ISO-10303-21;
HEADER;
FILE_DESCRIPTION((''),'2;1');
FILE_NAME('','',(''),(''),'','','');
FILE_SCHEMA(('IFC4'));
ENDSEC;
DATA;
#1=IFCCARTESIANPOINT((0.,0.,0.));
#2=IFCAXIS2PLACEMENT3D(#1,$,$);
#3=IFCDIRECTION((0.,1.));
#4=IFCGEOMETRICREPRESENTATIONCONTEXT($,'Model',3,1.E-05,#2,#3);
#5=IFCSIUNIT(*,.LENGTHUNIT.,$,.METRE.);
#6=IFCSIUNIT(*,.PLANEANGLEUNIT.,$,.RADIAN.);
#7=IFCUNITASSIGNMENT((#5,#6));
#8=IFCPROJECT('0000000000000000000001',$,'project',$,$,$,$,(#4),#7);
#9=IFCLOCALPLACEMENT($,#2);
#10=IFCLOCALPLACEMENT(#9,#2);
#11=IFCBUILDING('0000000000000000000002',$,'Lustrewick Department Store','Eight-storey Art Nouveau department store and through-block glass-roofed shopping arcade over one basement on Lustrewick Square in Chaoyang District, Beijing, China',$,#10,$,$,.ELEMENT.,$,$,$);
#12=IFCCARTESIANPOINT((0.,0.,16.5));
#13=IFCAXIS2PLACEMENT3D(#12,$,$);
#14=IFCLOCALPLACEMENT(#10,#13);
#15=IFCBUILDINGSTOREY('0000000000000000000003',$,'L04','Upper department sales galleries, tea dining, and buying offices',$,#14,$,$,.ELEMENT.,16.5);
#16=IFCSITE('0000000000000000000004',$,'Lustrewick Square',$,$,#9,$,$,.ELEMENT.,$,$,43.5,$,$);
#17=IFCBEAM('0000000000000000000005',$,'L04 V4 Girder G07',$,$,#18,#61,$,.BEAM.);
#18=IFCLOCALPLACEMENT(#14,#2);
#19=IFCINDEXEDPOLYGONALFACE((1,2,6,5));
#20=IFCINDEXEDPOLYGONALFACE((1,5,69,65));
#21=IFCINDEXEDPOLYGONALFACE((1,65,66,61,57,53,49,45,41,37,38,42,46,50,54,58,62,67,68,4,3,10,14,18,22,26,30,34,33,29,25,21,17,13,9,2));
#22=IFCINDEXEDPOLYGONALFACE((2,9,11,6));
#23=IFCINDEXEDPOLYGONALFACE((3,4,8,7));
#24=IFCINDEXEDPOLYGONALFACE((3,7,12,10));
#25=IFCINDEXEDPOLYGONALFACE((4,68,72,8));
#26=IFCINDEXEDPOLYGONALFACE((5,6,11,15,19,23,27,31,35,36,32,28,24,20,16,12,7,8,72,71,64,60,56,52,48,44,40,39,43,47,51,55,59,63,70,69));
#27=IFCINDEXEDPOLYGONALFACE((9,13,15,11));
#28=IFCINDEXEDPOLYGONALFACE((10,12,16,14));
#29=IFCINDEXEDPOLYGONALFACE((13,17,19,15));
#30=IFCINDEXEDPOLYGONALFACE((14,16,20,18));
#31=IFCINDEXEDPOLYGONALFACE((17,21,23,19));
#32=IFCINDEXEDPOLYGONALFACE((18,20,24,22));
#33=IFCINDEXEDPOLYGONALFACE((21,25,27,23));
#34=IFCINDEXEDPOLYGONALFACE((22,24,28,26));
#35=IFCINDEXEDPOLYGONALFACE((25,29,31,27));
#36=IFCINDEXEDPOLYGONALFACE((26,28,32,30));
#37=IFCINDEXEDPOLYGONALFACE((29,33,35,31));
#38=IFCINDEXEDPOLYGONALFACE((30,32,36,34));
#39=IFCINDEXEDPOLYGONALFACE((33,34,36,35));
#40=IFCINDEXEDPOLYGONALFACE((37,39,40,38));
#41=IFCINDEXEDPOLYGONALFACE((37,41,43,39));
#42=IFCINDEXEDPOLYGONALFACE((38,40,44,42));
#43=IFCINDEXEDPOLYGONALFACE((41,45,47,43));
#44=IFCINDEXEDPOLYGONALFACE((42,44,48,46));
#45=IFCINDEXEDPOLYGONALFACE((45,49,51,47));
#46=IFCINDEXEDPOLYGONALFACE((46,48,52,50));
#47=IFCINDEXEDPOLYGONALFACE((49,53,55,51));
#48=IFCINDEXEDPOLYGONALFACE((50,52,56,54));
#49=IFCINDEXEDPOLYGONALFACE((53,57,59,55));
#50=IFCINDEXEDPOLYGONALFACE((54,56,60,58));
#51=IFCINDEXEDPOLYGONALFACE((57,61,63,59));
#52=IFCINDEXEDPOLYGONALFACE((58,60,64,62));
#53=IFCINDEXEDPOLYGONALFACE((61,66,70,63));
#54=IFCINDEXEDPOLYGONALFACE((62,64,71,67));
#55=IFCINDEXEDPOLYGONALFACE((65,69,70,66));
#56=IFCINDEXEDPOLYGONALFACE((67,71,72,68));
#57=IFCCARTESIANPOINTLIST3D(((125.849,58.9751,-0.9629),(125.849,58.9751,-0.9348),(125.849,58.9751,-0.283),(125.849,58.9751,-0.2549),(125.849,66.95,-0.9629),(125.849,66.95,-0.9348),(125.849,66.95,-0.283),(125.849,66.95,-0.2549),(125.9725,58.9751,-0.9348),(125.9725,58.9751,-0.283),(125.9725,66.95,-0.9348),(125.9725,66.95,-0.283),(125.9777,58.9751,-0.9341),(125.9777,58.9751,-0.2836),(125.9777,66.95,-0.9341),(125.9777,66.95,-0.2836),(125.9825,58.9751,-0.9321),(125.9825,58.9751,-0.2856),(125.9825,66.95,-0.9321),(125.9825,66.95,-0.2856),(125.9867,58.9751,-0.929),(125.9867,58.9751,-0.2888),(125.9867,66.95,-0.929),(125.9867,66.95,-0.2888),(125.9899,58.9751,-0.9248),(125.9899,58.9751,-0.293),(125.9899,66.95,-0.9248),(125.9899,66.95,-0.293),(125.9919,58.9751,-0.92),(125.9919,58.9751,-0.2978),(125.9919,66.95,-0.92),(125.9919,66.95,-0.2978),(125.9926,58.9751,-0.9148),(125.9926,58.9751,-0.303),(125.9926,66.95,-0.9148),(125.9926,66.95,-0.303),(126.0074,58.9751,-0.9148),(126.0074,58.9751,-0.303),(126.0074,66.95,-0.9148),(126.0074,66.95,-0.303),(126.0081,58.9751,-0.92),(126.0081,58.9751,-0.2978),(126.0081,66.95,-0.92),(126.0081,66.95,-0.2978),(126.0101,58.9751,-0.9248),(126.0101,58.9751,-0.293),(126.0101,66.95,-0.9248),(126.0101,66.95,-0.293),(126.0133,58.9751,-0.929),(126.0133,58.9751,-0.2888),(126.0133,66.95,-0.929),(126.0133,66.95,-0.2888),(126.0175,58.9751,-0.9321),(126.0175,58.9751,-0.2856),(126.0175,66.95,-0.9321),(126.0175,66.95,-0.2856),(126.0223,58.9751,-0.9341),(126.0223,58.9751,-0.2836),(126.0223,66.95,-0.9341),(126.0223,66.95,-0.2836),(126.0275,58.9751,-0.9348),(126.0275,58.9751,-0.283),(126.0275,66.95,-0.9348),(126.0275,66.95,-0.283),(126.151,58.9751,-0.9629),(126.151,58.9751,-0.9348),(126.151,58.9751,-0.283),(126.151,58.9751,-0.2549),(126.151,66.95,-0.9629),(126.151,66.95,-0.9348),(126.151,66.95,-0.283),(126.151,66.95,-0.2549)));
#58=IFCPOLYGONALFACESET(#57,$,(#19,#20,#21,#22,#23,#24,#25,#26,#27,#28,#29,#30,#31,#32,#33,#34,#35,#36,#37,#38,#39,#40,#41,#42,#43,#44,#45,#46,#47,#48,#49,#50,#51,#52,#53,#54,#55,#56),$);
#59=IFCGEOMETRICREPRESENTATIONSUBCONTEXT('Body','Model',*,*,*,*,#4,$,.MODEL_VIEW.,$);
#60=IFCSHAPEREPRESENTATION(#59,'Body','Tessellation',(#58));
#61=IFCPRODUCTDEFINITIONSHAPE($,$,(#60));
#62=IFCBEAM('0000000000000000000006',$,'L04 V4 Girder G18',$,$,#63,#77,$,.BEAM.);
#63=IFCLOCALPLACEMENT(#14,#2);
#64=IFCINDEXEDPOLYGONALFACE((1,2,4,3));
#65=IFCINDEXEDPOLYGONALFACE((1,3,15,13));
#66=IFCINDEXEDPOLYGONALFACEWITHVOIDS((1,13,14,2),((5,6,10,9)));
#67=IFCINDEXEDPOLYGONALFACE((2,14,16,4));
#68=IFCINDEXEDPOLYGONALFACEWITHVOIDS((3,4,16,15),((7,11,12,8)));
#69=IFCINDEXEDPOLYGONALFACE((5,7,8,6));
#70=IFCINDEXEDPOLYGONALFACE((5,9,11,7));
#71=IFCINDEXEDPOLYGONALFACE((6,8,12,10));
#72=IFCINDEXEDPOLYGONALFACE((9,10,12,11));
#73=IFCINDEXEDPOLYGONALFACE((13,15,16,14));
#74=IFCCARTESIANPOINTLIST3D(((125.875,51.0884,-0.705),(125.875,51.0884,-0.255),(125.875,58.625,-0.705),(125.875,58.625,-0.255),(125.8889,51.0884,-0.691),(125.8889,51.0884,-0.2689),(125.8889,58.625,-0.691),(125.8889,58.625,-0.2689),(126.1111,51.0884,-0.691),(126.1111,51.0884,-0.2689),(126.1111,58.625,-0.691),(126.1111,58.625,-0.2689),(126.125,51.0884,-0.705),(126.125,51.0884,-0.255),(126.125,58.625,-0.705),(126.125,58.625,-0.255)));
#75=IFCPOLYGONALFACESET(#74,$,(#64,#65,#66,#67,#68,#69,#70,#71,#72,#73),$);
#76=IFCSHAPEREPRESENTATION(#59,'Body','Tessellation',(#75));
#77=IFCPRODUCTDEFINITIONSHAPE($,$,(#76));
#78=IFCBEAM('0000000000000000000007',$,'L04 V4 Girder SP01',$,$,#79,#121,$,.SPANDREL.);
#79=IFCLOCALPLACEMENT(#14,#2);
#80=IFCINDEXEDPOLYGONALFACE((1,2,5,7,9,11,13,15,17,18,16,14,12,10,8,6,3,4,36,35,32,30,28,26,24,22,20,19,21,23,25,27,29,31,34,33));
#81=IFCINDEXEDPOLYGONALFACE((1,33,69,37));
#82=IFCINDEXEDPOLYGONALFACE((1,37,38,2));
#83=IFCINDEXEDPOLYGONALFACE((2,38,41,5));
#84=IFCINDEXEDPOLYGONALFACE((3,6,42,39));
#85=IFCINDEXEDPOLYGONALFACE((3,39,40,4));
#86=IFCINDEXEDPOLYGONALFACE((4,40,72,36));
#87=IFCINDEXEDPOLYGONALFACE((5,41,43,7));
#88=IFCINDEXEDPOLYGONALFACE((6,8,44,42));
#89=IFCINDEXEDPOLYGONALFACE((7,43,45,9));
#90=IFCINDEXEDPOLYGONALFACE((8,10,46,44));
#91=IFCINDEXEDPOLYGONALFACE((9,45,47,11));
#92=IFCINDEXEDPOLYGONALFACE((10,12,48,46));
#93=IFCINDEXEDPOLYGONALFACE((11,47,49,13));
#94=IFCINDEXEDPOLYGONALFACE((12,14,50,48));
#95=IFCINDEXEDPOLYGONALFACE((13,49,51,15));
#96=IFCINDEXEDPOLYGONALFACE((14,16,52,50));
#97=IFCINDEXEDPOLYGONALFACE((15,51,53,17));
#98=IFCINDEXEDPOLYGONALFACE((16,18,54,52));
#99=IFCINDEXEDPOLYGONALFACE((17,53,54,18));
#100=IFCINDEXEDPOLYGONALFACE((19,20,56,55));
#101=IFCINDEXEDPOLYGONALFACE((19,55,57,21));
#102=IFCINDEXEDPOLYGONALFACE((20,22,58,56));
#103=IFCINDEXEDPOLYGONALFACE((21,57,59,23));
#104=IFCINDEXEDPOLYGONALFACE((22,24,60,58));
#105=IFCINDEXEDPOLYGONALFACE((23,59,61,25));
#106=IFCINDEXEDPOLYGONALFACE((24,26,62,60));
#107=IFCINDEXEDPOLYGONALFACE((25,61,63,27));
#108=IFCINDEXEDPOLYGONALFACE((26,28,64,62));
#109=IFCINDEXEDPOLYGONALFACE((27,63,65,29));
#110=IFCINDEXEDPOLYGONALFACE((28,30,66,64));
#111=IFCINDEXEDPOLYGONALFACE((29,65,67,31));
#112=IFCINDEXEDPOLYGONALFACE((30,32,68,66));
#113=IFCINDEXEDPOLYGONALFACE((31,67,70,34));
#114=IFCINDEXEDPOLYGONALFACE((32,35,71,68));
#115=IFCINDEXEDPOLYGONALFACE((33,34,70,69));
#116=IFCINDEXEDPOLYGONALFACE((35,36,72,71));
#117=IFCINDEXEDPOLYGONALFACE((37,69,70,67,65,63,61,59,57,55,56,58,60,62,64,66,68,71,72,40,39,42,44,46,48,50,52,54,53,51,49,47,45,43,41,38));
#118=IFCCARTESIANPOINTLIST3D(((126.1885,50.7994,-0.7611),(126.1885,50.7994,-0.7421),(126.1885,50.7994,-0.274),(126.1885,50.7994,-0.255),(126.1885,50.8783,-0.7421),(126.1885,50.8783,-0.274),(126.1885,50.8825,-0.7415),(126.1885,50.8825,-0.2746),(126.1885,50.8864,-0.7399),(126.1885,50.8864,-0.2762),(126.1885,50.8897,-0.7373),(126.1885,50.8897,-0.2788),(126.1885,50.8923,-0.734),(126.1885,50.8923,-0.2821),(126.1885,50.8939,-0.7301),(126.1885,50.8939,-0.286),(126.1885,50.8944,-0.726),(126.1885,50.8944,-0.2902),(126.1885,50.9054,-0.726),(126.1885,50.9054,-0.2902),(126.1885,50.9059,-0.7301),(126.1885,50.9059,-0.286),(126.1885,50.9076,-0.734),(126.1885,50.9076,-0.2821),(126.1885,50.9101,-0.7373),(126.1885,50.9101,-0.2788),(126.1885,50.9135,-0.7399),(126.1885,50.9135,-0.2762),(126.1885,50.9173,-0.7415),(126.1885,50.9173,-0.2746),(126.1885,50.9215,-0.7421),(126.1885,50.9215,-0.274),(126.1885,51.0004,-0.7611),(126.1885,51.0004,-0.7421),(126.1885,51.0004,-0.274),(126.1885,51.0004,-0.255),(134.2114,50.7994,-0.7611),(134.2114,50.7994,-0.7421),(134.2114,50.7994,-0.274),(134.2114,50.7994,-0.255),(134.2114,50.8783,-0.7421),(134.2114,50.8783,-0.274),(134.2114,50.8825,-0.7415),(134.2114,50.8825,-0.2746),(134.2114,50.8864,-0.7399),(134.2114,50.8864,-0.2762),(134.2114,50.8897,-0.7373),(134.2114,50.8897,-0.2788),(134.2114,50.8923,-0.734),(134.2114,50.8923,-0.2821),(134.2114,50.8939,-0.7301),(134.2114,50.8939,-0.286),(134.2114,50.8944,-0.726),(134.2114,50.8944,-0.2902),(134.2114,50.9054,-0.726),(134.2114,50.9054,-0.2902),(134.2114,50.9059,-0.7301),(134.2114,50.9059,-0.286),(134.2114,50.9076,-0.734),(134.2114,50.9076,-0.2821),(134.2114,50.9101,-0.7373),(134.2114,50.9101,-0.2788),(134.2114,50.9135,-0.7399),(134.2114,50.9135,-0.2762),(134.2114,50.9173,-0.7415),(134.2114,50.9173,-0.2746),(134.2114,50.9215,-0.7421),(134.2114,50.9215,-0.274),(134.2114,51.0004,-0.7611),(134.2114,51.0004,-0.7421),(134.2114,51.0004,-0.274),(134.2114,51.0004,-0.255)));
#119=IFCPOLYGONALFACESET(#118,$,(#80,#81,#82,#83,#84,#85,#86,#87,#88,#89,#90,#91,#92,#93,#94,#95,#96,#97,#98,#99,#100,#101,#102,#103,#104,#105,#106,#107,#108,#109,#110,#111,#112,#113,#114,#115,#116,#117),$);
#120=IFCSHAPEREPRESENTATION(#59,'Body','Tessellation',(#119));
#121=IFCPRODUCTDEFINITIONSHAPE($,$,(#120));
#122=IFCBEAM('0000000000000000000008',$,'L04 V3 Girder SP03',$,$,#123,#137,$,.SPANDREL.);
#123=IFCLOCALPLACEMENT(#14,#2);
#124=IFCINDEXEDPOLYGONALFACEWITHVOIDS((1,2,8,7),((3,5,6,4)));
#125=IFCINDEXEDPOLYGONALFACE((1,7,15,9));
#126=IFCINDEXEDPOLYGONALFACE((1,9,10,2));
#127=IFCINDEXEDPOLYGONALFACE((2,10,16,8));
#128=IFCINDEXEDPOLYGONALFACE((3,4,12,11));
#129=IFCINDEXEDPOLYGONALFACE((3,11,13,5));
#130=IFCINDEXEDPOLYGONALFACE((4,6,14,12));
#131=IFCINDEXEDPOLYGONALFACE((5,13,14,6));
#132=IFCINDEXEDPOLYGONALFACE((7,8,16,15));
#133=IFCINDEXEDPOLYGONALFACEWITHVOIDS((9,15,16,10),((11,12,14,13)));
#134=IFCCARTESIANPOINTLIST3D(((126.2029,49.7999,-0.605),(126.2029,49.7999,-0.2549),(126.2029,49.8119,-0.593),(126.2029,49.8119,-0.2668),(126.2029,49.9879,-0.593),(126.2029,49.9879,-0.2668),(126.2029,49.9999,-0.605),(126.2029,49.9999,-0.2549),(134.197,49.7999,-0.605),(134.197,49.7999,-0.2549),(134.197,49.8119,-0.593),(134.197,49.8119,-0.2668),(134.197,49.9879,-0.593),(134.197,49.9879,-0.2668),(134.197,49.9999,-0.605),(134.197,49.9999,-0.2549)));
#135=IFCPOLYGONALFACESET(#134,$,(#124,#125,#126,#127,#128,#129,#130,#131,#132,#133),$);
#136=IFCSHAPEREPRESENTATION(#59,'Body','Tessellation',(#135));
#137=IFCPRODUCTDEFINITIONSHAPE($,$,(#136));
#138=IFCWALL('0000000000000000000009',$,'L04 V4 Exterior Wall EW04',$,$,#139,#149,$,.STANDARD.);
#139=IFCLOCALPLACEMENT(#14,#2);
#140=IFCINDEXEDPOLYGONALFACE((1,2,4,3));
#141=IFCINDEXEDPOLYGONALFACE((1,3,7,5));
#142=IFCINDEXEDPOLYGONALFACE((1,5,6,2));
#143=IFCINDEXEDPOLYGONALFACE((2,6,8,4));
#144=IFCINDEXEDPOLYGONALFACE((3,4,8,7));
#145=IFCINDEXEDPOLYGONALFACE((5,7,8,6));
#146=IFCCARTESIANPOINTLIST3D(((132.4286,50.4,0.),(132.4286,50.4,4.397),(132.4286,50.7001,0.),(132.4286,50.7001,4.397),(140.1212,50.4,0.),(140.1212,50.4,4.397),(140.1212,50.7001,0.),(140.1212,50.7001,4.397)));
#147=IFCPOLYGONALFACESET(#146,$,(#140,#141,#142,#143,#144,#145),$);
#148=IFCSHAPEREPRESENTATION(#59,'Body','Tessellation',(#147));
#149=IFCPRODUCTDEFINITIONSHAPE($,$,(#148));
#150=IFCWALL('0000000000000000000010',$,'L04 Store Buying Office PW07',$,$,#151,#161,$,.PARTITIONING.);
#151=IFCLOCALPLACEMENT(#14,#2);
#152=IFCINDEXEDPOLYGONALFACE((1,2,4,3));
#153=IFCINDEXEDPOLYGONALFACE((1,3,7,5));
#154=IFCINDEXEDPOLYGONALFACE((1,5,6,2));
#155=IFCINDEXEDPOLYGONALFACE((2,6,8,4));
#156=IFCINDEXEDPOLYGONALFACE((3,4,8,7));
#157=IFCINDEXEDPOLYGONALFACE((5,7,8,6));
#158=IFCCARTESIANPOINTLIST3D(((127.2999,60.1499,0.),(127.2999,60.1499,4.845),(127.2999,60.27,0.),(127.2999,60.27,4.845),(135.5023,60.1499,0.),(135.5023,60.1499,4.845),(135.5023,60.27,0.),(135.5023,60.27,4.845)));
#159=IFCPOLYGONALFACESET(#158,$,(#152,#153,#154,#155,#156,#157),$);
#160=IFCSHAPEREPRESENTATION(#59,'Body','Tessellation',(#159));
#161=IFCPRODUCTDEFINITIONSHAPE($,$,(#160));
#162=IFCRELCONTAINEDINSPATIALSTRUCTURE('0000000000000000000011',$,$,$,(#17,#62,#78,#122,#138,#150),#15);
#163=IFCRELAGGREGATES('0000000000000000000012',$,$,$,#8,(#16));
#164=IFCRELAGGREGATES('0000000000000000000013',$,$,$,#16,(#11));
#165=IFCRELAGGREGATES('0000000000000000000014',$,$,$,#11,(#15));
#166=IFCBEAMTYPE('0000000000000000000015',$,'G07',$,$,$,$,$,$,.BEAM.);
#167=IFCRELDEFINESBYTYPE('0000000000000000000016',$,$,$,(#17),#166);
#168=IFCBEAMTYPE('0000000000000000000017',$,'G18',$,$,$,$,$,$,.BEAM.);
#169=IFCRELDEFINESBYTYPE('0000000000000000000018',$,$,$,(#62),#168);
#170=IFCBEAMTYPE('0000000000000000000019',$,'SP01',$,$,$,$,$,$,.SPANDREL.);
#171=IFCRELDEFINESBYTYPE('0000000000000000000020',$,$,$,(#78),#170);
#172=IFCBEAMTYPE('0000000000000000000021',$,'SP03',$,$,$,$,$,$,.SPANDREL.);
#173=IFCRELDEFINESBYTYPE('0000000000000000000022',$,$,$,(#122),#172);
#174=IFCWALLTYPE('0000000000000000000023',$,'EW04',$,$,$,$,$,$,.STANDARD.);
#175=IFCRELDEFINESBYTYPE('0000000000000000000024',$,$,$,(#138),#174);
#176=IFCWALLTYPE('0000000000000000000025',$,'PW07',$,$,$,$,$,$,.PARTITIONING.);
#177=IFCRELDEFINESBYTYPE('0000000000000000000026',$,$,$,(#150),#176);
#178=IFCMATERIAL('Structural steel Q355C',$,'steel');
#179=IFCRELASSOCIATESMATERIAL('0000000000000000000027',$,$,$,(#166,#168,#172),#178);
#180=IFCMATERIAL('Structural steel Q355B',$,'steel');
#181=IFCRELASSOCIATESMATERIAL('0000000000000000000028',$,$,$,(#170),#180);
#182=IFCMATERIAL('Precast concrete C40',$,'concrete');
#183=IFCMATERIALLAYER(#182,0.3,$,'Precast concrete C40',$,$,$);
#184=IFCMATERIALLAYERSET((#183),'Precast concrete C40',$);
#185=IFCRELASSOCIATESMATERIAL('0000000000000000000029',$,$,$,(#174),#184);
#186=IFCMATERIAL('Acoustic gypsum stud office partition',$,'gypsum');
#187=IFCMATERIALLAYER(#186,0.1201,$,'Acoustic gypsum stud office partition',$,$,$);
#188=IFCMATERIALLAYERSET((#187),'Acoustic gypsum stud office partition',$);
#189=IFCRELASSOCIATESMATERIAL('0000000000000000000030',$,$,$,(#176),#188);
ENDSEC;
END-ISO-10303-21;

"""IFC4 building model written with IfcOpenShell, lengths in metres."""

from ifc_helpers import new_model, si_unit, direction, frame, frame_2d, origin, origin_2d, place, context, subcontext, project, spatial, rectangle, hollow_rectangle, i_section, extrude, material, layer, layer_set, material_profile, profile_set, type_object, element, save


model = new_model("IFC4")

# Units and contexts
model_context = context("Model", 3, precision=1e-05, world=origin(), true_north=direction((0.0, 1.0)))
body_context = subcontext(model_context, "Body", "Model", "MODEL_VIEW")
ifc_project = project(units=[si_unit("LENGTHUNIT", "METRE"), si_unit("PLANEANGLEUNIT", "RADIAN")], contexts=[model_context])

# Site, building, storey
site_placement = place(None, origin())
site = spatial("IfcSite", under=ifc_project, at=site_placement, Name="Lustrewick Square", CompositionType="ELEMENT", RefElevation=43.5)
building_placement = place(site_placement, origin())
building = spatial("IfcBuilding", under=site, at=building_placement, Name="Lustrewick Department Store", Description="Eight-storey Art Nouveau department store and through-block glass-roofed shopping arcade over one basement on Lustrewick Square in Chaoyang District, Beijing, China", CompositionType="ELEMENT")
storey_placement = place(building_placement, frame((0.0, 0.0, 16.5)))
storey = spatial("IfcBuildingStorey", under=building, at=storey_placement, Name="L04", Description="Upper department sales galleries, tea dining, and buying offices", CompositionType="ELEMENT", Elevation=16.5)

# Shared definitions
ifc_material_1 = material(Name="Structural steel Q355C", Category="steel")

# Beams
ifc_material_2 = material(Name="Structural steel Q355B", Category="steel")
ifc_material_profile_1 = material_profile(ifc_material_1, i_section(OverallWidth=0.302, OverallDepth=0.708, WebThickness=0.0149, FlangeThickness=0.0281, FilletRadius=0.02, at=origin_2d()), Name="HN 708x302x15x28")
ifc_profile_set_1 = profile_set([ifc_material_profile_1], Name="Structural steel Q355C")
beam_type_1 = type_object("IfcBeamType", Name="G07", PredefinedType="BEAM", material=ifc_profile_set_1)
beam_1_placement = place(storey_placement, frame((126.0, 58.9751, -0.6089), z_axis=(0.0, 1.0, 0.0), x_axis=(-1.0, 0.0, 0.0)))
element("IfcBeam", 1, at=beam_1_placement, inside=storey, type_object=beam_type_1, Name="L04 V4 Girder G07", PredefinedType="BEAM", context=body_context, shape_type="SweptSolid", body=[
    extrude(i_section(OverallWidth=0.302, OverallDepth=0.708, WebThickness=0.0149, FlangeThickness=0.0281, FilletRadius=0.02, at=origin_2d()), origin(), (0.0, 0.0, 1.0), 7.9749),
])
ifc_material_profile_2 = material_profile(ifc_material_1, hollow_rectangle(XDim=0.25, YDim=0.45, WallThickness=0.0139, at=origin_2d()), Name="RHS 450x250x14")
ifc_profile_set_2 = profile_set([ifc_material_profile_2], Name="Structural steel Q355C")
beam_type_2 = type_object("IfcBeamType", Name="G18", PredefinedType="BEAM", material=ifc_profile_set_2)
beam_2_placement = place(storey_placement, frame((126.0, 51.0884, -0.48), z_axis=(0.0, 1.0, 0.0), x_axis=(-1.0, 0.0, 0.0)))
element("IfcBeam", 2, at=beam_2_placement, inside=storey, type_object=beam_type_2, Name="L04 V4 Girder G18", PredefinedType="BEAM", context=body_context, shape_type="SweptSolid", body=[
    extrude(hollow_rectangle(XDim=0.25, YDim=0.45, WallThickness=0.0139, at=origin_2d()), origin(), (0.0, 0.0, 1.0), 7.5366),
])
ifc_material_profile_3 = material_profile(ifc_material_2, i_section(OverallWidth=0.2009, OverallDepth=0.5061, WebThickness=0.011, FlangeThickness=0.019, FilletRadius=0.0161, at=origin_2d()), Name="HN 506x201x11x19")
ifc_profile_set_3 = profile_set([ifc_material_profile_3], Name="Structural steel Q355B")
beam_type_3 = type_object("IfcBeamType", Name="SP01", PredefinedType="SPANDREL", material=ifc_profile_set_3)
beam_3_placement = place(storey_placement, frame((126.1885, 50.8999, -0.5081), z_axis=(1.0, 0.0, 0.0), x_axis=(0.0, 1.0, 0.0)))
element("IfcBeam", 3, at=beam_3_placement, inside=storey, type_object=beam_type_3, Name="L04 V4 Girder SP01", PredefinedType="SPANDREL", context=body_context, shape_type="SweptSolid", body=[
    extrude(i_section(OverallWidth=0.2009, OverallDepth=0.5061, WebThickness=0.011, FlangeThickness=0.019, FilletRadius=0.0161, at=origin_2d()), origin(), (0.0, 0.0, 1.0), 8.0229),
])
ifc_material_profile_4 = material_profile(ifc_material_1, hollow_rectangle(XDim=0.2, YDim=0.3501, WallThickness=0.012, at=origin_2d()), Name="RHS 350x200x12")
ifc_profile_set_4 = profile_set([ifc_material_profile_4], Name="Structural steel Q355C")
beam_type_4 = type_object("IfcBeamType", Name="SP03", PredefinedType="SPANDREL", material=ifc_profile_set_4)
beam_4_placement = place(storey_placement, frame((126.2029, 49.8999, -0.4299), z_axis=(1.0, 0.0, 0.0), x_axis=(0.0, 1.0, 0.0)))
element("IfcBeam", 4, at=beam_4_placement, inside=storey, type_object=beam_type_4, Name="L04 V3 Girder SP03", PredefinedType="SPANDREL", context=body_context, shape_type="SweptSolid", body=[
    extrude(hollow_rectangle(XDim=0.2, YDim=0.3501, WallThickness=0.012, at=origin_2d()), origin(), (0.0, 0.0, 1.0), 7.9941),
])

# Walls
ifc_material_3 = material(Name="Precast concrete C40", Category="concrete")
ifc_layer_1 = layer(ifc_material_3, 0.3, Name="Precast concrete C40")
ifc_layer_set_1 = layer_set([ifc_layer_1], Name="Precast concrete C40")
wall_type_1 = type_object("IfcWallType", Name="EW04", PredefinedType="STANDARD", material=ifc_layer_set_1)
wall_1_placement = place(storey_placement, frame((132.4287, 50.55, 0.0), z_axis=(0.0, 0.0, 1.0), x_axis=(1.0, 0.0, 0.0)))
element("IfcWall", 5, at=wall_1_placement, inside=storey, type_object=wall_type_1, Name="L04 V4 Exterior Wall EW04", PredefinedType="STANDARD", context=body_context, shape_type="SweptSolid", body=[
    extrude(rectangle(XDim=7.6926, YDim=0.3, at=frame_2d((3.8462, 0.0))), origin(), (0.0, 0.0, 1.0), 4.397),
])
ifc_material_4 = material(Name="Acoustic gypsum stud office partition", Category="gypsum")
ifc_layer_2 = layer(ifc_material_4, 0.1201, Name="Acoustic gypsum stud office partition")
ifc_layer_set_2 = layer_set([ifc_layer_2], Name="Acoustic gypsum stud office partition")
wall_type_2 = type_object("IfcWallType", Name="PW07", PredefinedType="PARTITIONING", material=ifc_layer_set_2)
wall_2_placement = place(storey_placement, frame((127.3, 60.21, 0.0), z_axis=(0.0, 0.0, 1.0), x_axis=(1.0, 0.0, 0.0)))
element("IfcWall", 6, at=wall_2_placement, inside=storey, type_object=wall_type_2, Name="L04 Store Buying Office PW07", PredefinedType="PARTITIONING", context=body_context, shape_type="SweptSolid", body=[
    extrude(rectangle(XDim=8.2024, YDim=0.1201, at=frame_2d((4.1011, 0.0))), origin(), (0.0, 0.0, 1.0), 4.845),
])

save(model, "model.ifc")
